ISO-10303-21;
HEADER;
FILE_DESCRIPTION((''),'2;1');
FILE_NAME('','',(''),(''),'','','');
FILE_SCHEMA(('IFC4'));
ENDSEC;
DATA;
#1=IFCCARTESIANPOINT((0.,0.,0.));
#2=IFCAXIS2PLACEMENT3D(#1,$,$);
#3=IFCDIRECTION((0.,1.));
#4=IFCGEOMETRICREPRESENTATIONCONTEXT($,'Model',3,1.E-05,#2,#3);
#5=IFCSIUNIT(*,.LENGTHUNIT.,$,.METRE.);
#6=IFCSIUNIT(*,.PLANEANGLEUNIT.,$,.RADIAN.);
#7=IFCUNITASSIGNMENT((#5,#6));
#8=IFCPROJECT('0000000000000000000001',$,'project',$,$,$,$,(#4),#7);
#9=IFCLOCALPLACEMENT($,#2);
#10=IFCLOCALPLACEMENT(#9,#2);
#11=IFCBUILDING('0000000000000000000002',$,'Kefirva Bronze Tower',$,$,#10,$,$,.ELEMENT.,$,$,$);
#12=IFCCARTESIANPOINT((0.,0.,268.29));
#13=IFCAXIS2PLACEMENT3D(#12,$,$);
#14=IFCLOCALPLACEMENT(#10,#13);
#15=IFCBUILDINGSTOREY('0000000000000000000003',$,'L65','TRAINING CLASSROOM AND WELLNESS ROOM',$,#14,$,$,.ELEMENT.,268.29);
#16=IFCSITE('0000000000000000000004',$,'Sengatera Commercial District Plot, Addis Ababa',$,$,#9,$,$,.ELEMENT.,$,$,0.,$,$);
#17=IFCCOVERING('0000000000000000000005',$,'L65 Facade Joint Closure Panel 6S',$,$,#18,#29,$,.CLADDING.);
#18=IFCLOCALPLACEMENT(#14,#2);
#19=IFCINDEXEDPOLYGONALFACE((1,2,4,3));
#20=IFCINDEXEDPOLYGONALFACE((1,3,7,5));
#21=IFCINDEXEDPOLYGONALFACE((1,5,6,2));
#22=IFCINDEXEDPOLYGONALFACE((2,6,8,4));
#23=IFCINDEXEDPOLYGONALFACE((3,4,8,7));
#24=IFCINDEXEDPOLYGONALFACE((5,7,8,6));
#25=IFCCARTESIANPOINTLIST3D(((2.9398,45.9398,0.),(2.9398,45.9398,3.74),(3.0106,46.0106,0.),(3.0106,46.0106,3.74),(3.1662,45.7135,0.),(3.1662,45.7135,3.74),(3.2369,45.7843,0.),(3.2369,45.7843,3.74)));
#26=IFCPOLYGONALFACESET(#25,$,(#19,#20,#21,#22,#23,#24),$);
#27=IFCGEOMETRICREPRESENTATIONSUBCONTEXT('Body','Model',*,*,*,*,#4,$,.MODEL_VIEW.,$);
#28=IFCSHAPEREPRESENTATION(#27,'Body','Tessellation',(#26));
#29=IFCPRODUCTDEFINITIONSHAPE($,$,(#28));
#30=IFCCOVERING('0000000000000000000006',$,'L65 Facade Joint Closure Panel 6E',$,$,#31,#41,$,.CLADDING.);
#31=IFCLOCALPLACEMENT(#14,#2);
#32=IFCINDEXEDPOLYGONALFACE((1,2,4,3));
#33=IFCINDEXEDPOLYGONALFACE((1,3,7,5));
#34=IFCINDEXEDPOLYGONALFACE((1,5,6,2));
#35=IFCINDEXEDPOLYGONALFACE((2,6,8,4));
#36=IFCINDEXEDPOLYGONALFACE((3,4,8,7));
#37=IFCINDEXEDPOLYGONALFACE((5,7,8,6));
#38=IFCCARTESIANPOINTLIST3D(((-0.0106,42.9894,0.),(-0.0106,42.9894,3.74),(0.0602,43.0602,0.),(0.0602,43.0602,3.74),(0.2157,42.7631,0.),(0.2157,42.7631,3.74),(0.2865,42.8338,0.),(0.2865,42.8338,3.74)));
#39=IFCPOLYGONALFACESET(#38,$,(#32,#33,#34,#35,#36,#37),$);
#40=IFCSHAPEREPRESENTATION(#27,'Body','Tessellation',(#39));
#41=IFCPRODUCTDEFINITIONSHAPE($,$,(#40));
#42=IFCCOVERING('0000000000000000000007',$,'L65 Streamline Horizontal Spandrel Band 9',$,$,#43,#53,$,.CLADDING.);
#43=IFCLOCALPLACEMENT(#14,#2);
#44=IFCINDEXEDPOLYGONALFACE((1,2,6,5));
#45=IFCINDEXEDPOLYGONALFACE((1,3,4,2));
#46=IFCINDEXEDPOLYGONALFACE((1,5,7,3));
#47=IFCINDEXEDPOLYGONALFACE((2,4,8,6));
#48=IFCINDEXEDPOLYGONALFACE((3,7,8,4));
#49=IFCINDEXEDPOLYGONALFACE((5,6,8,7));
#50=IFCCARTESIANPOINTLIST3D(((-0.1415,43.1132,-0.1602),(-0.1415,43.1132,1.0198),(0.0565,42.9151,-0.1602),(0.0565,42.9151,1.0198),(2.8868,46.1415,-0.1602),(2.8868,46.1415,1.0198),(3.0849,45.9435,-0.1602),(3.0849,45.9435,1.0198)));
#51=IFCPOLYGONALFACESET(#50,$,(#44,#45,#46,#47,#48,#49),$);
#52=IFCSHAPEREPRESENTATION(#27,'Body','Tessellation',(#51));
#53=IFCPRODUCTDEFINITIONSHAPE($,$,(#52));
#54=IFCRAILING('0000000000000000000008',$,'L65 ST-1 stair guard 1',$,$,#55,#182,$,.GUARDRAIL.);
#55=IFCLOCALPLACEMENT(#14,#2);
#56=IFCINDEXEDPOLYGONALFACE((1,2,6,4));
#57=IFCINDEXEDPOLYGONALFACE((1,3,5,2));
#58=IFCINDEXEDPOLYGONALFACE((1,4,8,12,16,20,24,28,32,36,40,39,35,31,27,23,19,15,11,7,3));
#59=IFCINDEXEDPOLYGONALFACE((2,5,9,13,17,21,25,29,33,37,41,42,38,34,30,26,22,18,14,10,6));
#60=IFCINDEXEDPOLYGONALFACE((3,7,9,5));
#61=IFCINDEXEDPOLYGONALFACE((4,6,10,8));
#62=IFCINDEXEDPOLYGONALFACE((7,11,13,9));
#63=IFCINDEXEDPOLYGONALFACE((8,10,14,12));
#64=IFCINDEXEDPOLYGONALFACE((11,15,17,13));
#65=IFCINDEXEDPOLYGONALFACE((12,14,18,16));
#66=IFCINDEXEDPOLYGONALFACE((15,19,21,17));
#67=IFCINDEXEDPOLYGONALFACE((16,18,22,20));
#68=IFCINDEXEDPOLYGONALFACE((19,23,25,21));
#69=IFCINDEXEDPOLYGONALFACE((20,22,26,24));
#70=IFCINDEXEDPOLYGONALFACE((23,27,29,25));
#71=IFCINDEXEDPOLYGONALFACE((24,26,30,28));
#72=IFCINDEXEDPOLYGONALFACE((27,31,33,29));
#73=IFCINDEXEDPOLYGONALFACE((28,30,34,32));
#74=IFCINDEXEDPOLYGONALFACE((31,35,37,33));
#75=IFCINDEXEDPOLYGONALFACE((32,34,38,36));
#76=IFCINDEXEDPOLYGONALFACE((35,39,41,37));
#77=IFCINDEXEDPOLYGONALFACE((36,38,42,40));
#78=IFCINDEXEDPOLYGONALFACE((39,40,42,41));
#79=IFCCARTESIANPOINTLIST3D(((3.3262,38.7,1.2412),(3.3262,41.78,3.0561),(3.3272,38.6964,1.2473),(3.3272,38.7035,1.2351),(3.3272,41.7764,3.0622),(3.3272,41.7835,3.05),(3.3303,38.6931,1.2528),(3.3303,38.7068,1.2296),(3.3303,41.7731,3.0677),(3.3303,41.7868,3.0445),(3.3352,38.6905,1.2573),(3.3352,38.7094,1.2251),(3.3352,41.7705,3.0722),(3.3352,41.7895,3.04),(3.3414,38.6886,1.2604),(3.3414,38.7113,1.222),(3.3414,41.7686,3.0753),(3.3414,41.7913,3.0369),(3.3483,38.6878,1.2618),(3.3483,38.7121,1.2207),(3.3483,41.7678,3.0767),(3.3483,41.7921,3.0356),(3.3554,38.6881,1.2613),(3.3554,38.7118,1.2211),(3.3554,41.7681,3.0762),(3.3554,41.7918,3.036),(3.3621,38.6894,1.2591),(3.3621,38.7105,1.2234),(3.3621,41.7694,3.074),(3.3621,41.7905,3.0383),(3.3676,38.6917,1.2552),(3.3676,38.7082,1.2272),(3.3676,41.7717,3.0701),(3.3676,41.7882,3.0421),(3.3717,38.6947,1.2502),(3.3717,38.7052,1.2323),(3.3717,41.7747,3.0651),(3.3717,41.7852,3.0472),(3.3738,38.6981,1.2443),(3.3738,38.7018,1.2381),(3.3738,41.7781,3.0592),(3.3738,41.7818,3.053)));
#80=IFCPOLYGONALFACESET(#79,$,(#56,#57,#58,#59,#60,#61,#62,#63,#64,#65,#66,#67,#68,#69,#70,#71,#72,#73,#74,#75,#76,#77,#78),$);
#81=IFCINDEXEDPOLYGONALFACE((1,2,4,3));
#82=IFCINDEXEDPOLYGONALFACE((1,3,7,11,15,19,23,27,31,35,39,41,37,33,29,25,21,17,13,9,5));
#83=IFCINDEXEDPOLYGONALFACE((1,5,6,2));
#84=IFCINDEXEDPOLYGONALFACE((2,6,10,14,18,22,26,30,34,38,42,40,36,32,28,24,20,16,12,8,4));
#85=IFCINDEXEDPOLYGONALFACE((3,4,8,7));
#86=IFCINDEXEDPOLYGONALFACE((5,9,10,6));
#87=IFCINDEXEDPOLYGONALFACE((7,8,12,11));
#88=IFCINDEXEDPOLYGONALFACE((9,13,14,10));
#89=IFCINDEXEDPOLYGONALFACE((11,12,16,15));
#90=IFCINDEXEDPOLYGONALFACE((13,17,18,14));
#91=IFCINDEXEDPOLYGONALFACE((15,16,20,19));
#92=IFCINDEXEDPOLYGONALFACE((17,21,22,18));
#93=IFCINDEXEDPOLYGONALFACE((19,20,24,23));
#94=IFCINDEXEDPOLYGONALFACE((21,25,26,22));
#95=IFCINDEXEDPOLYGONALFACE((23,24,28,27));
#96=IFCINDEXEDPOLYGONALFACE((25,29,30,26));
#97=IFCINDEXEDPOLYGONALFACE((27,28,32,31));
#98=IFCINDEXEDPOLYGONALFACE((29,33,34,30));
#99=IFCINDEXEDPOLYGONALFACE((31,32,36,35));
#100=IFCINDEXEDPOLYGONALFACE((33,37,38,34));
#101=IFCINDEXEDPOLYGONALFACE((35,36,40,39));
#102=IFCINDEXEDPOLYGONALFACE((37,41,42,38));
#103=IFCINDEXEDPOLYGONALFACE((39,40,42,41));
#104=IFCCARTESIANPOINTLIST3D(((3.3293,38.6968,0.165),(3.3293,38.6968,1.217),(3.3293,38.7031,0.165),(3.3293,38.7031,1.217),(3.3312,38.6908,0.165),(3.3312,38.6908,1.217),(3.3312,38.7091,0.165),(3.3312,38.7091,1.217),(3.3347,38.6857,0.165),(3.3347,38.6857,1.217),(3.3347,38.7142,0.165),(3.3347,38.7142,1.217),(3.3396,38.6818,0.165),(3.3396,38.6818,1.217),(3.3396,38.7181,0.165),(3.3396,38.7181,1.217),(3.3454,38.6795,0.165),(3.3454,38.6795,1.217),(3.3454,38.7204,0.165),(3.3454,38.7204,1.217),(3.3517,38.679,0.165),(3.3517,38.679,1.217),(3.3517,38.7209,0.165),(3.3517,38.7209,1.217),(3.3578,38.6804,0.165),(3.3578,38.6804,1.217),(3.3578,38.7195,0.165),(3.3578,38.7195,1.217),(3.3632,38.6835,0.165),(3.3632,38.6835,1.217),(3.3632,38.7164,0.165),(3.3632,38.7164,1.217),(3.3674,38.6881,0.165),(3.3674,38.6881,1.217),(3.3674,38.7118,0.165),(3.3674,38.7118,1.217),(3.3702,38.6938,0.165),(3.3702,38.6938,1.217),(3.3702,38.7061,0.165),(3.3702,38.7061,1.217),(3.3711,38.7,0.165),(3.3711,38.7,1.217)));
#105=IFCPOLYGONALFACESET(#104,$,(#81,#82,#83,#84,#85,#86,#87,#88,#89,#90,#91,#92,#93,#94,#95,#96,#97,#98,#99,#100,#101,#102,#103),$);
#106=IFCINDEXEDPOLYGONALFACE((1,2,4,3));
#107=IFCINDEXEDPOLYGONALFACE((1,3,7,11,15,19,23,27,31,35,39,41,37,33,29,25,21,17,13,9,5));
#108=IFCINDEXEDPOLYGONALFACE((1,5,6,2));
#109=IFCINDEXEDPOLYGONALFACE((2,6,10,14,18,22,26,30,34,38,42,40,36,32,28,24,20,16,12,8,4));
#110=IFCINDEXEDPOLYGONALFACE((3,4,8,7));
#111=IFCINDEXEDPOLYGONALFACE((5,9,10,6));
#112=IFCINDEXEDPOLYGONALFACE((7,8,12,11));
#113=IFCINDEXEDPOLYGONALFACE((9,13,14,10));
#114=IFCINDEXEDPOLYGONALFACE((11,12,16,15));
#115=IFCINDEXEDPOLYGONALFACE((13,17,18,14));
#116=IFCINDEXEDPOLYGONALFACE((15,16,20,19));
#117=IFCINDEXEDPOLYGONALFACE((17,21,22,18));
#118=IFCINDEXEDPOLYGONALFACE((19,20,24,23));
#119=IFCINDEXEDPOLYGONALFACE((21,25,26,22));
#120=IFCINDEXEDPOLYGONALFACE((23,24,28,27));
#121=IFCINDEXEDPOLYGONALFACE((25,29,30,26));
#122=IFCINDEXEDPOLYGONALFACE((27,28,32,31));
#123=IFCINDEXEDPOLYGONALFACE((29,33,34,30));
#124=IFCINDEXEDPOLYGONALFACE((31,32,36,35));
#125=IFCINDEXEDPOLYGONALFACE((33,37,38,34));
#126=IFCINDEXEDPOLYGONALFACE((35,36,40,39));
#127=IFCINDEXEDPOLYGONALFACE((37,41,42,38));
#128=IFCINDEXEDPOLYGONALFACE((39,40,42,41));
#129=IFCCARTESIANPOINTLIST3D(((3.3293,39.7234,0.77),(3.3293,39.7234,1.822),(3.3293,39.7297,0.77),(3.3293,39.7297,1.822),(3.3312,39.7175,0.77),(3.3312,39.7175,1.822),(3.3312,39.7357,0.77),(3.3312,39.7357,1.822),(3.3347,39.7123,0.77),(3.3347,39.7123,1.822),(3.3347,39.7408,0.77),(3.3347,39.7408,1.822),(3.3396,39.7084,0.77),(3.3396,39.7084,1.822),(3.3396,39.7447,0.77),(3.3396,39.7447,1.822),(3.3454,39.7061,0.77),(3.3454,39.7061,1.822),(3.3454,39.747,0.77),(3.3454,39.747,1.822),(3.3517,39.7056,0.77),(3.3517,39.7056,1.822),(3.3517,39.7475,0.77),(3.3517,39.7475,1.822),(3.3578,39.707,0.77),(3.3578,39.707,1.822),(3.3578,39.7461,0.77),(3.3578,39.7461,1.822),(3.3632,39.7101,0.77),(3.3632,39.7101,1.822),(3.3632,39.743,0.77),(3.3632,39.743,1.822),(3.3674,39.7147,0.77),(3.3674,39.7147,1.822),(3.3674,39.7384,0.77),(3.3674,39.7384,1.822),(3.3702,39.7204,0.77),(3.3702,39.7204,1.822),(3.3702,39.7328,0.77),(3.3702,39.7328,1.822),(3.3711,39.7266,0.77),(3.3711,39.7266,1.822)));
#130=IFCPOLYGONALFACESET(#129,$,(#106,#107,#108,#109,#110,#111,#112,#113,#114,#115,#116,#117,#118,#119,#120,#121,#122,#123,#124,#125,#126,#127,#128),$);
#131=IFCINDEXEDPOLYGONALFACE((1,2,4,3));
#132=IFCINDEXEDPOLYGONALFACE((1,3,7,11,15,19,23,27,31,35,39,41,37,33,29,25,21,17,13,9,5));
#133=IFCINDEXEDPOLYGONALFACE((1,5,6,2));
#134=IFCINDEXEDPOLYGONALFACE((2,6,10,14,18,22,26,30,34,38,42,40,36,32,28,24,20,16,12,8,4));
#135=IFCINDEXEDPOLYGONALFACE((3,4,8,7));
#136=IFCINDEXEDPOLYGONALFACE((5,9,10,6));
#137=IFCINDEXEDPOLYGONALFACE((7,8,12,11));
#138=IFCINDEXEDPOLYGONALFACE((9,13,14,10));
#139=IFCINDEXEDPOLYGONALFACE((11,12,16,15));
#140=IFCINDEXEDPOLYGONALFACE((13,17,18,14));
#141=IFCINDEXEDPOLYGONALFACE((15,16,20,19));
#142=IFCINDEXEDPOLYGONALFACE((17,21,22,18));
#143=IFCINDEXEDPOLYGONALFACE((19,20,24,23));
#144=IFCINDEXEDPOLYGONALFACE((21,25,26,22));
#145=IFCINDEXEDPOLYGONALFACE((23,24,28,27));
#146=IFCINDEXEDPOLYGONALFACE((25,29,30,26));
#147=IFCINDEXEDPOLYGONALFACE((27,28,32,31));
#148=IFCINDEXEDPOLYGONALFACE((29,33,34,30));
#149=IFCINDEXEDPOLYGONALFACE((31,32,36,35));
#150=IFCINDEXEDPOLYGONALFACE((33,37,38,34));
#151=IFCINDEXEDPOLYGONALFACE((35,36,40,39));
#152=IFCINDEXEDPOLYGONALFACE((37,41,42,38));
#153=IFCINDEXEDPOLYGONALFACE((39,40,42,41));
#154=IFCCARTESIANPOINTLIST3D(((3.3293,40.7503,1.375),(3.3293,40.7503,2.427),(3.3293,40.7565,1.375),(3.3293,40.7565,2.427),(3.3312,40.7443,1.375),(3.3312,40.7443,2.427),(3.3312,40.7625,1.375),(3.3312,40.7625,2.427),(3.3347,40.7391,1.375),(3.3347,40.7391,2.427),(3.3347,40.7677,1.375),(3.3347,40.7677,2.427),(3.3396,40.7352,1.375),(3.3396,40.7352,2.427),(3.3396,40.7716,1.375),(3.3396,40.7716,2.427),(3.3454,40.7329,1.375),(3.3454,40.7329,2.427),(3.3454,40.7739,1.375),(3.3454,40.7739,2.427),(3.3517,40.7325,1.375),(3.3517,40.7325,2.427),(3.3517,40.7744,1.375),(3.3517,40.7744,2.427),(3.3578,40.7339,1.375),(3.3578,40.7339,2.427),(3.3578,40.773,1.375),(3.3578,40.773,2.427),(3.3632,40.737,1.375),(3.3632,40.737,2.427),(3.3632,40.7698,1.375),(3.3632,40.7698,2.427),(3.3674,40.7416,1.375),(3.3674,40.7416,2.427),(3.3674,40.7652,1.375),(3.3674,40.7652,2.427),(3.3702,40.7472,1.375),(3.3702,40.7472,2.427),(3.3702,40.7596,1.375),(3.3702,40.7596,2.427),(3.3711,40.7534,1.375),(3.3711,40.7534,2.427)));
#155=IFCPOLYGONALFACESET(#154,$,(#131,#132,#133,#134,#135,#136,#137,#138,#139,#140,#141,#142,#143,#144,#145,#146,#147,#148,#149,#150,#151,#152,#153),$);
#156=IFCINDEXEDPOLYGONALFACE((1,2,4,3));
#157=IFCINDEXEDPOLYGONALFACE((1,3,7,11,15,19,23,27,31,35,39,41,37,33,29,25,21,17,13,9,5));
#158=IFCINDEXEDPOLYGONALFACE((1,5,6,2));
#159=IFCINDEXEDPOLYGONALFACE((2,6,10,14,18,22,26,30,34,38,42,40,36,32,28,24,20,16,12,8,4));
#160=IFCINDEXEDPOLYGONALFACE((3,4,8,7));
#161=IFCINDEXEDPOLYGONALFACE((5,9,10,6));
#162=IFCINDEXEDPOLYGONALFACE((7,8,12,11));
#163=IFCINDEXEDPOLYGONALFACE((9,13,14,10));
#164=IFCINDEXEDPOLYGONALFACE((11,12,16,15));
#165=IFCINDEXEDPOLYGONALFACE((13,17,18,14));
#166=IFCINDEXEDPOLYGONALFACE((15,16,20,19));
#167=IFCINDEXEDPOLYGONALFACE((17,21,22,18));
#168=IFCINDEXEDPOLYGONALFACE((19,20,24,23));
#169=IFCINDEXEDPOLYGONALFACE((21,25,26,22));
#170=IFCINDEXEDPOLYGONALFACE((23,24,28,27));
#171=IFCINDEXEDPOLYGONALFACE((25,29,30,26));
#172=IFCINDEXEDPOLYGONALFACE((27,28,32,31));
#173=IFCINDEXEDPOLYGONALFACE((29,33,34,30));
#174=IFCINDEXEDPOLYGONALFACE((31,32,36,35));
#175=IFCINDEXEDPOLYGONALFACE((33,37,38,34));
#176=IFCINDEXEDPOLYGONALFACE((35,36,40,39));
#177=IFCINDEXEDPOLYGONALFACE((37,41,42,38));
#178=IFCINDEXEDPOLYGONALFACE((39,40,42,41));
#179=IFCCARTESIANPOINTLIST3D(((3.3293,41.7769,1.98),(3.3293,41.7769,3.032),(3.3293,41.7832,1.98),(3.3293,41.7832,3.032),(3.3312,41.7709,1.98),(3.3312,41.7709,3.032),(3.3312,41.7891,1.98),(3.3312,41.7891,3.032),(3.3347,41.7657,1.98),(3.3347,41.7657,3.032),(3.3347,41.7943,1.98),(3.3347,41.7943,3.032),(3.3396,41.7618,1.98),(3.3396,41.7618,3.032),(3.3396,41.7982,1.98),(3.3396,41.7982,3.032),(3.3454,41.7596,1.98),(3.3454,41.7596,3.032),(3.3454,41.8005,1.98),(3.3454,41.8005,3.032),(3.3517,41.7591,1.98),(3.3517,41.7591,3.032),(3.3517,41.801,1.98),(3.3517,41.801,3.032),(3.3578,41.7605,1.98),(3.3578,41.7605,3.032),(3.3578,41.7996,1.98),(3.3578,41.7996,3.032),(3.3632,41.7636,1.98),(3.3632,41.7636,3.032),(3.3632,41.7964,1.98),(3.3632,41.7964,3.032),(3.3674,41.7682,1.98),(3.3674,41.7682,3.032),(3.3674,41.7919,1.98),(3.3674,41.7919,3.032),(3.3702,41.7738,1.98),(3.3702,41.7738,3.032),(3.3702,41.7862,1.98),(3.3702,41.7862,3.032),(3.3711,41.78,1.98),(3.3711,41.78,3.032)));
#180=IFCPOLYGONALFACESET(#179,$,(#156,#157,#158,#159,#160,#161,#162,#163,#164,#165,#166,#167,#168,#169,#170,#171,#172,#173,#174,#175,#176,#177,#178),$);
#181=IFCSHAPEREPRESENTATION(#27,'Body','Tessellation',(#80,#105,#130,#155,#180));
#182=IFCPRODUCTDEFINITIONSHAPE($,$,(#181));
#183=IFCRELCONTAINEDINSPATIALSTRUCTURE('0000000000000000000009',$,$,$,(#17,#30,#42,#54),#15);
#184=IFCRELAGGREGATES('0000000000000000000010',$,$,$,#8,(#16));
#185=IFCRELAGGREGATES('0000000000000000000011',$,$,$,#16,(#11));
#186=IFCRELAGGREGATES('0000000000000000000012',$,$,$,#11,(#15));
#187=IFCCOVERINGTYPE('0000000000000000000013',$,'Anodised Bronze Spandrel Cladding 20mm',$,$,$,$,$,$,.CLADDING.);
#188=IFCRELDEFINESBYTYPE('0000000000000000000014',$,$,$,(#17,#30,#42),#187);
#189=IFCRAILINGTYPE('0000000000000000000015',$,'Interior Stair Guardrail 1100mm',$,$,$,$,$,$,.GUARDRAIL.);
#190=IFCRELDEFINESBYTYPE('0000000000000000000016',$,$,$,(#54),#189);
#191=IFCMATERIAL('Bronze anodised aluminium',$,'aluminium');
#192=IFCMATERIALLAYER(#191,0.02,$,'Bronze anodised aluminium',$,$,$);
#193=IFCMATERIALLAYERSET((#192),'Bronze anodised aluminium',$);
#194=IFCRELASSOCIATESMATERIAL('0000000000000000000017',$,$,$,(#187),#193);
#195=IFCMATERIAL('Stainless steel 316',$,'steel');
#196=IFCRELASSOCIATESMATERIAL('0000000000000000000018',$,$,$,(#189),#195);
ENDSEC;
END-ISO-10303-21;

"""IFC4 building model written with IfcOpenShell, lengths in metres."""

from ifc_helpers import new_model, si_unit, direction, frame, origin, origin_2d, place, context, subcontext, project, spatial, rectangle, circle, extrude, material, layer, layer_set, type_object, element, save


model = new_model("IFC4")

# Units and contexts
model_context = context("Model", 3, precision=1e-05, world=origin(), true_north=direction((0.0, 1.0)))
body_context = subcontext(model_context, "Body", "Model", "MODEL_VIEW")
ifc_project = project(units=[si_unit("LENGTHUNIT", "METRE"), si_unit("PLANEANGLEUNIT", "RADIAN")], contexts=[model_context])

# Site, building, storey
site_placement = place(None, origin())
site = spatial("IfcSite", under=ifc_project, at=site_placement, Name="Sengatera Commercial District Plot, Addis Ababa", CompositionType="ELEMENT", RefElevation=0.0)
building_placement = place(site_placement, origin())
building = spatial("IfcBuilding", under=site, at=building_placement, Name="Kefirva Bronze Tower", CompositionType="ELEMENT")
storey_placement = place(building_placement, frame((0.0, 0.0, 268.29)))
storey = spatial("IfcBuildingStorey", under=building, at=storey_placement, Name="L65", Description="TRAINING CLASSROOM AND WELLNESS ROOM", CompositionType="ELEMENT", Elevation=268.29)

# Coverings
ifc_material_1 = material(Name="Bronze anodised aluminium", Category="aluminium")
ifc_layer_1 = layer(ifc_material_1, 0.02, Name="Bronze anodised aluminium")
ifc_layer_set_1 = layer_set([ifc_layer_1], Name="Bronze anodised aluminium")
covering_type_1 = type_object("IfcCoveringType", Name="Anodised Bronze Spandrel Cladding 20mm", PredefinedType="CLADDING", material=ifc_layer_set_1)
for number, where, z_axis, x_axis, name in (
    (1, (3.0884, 45.8621, 0.0), (0.0, 0.0, 1.0), (-0.707107, -0.707107, 0.0), "L65 Facade Joint Closure Panel 6S"),
    (2, (0.1379, 42.9116, 0.0), (0.0, 0.0, 1.0), (-0.707107, -0.707107, 0.0), "L65 Facade Joint Closure Panel 6E"),
):
    element("IfcCovering", number, at=place(storey_placement, frame(where, z_axis=z_axis, x_axis=x_axis)), inside=storey, type_object=covering_type_1, Name=name, PredefinedType="CLADDING", context=body_context, shape_type="SweptSolid", body=[
        extrude(rectangle(XDim=0.1001, YDim=0.3201, at=origin_2d()), origin(), (0.0, 0.0, 1.0), 3.74),
    ])
covering_1_placement = place(storey_placement, frame((1.4717, 44.5283, -0.1602), z_axis=(0.0, 0.0, 1.0), x_axis=(-0.707107, -0.707107, 0.0)))
element("IfcCovering", 3, at=covering_1_placement, inside=storey, type_object=covering_type_1, Name="L65 Streamline Horizontal Spandrel Band 9", PredefinedType="CLADDING", context=body_context, shape_type="SweptSolid", body=[
    extrude(rectangle(XDim=4.2827, YDim=0.28, at=origin_2d()), origin(), (0.0, 0.0, 1.0), 1.1799),
])

# Railing
ifc_material_2 = material(Name="Stainless steel 316", Category="steel")
railing_type_1 = type_object("IfcRailingType", Name="Interior Stair Guardrail 1100mm", PredefinedType="GUARDRAIL", material=ifc_material_2)
railing_1_placement = place(storey_placement, frame((3.3501, 38.7, 0.165)))
element("IfcRailing", 4, at=railing_1_placement, inside=storey, type_object=railing_type_1, Name="L65 ST-1 stair guard 1", PredefinedType="GUARDRAIL", context=body_context, shape_type="SweptSolid", body=[
    extrude(circle(Radius=0.0239, at=origin_2d()), frame((0.0, 0.0, 1.0762), z_axis=(0.0, 0.861551, 0.507671), x_axis=(-1.0, 0.0, 0.0)), (0.0, 0.0, 1.0), 3.575),
    extrude(circle(Radius=0.021, at=origin_2d()), origin(), (0.0, 0.0, 1.0), 1.052),
    extrude(circle(Radius=0.021, at=origin_2d()), frame((0.0, 1.0266, 0.605)), (0.0, 0.0, 1.0), 1.052),
    extrude(circle(Radius=0.021, at=origin_2d()), frame((0.0, 2.0535, 1.21)), (0.0, 0.0, 1.0), 1.052),
    extrude(circle(Radius=0.021, at=origin_2d()), frame((0.0, 3.0801, 1.8149)), (0.0, 0.0, 1.0), 1.052),
])

save(model, "model.ifc")
